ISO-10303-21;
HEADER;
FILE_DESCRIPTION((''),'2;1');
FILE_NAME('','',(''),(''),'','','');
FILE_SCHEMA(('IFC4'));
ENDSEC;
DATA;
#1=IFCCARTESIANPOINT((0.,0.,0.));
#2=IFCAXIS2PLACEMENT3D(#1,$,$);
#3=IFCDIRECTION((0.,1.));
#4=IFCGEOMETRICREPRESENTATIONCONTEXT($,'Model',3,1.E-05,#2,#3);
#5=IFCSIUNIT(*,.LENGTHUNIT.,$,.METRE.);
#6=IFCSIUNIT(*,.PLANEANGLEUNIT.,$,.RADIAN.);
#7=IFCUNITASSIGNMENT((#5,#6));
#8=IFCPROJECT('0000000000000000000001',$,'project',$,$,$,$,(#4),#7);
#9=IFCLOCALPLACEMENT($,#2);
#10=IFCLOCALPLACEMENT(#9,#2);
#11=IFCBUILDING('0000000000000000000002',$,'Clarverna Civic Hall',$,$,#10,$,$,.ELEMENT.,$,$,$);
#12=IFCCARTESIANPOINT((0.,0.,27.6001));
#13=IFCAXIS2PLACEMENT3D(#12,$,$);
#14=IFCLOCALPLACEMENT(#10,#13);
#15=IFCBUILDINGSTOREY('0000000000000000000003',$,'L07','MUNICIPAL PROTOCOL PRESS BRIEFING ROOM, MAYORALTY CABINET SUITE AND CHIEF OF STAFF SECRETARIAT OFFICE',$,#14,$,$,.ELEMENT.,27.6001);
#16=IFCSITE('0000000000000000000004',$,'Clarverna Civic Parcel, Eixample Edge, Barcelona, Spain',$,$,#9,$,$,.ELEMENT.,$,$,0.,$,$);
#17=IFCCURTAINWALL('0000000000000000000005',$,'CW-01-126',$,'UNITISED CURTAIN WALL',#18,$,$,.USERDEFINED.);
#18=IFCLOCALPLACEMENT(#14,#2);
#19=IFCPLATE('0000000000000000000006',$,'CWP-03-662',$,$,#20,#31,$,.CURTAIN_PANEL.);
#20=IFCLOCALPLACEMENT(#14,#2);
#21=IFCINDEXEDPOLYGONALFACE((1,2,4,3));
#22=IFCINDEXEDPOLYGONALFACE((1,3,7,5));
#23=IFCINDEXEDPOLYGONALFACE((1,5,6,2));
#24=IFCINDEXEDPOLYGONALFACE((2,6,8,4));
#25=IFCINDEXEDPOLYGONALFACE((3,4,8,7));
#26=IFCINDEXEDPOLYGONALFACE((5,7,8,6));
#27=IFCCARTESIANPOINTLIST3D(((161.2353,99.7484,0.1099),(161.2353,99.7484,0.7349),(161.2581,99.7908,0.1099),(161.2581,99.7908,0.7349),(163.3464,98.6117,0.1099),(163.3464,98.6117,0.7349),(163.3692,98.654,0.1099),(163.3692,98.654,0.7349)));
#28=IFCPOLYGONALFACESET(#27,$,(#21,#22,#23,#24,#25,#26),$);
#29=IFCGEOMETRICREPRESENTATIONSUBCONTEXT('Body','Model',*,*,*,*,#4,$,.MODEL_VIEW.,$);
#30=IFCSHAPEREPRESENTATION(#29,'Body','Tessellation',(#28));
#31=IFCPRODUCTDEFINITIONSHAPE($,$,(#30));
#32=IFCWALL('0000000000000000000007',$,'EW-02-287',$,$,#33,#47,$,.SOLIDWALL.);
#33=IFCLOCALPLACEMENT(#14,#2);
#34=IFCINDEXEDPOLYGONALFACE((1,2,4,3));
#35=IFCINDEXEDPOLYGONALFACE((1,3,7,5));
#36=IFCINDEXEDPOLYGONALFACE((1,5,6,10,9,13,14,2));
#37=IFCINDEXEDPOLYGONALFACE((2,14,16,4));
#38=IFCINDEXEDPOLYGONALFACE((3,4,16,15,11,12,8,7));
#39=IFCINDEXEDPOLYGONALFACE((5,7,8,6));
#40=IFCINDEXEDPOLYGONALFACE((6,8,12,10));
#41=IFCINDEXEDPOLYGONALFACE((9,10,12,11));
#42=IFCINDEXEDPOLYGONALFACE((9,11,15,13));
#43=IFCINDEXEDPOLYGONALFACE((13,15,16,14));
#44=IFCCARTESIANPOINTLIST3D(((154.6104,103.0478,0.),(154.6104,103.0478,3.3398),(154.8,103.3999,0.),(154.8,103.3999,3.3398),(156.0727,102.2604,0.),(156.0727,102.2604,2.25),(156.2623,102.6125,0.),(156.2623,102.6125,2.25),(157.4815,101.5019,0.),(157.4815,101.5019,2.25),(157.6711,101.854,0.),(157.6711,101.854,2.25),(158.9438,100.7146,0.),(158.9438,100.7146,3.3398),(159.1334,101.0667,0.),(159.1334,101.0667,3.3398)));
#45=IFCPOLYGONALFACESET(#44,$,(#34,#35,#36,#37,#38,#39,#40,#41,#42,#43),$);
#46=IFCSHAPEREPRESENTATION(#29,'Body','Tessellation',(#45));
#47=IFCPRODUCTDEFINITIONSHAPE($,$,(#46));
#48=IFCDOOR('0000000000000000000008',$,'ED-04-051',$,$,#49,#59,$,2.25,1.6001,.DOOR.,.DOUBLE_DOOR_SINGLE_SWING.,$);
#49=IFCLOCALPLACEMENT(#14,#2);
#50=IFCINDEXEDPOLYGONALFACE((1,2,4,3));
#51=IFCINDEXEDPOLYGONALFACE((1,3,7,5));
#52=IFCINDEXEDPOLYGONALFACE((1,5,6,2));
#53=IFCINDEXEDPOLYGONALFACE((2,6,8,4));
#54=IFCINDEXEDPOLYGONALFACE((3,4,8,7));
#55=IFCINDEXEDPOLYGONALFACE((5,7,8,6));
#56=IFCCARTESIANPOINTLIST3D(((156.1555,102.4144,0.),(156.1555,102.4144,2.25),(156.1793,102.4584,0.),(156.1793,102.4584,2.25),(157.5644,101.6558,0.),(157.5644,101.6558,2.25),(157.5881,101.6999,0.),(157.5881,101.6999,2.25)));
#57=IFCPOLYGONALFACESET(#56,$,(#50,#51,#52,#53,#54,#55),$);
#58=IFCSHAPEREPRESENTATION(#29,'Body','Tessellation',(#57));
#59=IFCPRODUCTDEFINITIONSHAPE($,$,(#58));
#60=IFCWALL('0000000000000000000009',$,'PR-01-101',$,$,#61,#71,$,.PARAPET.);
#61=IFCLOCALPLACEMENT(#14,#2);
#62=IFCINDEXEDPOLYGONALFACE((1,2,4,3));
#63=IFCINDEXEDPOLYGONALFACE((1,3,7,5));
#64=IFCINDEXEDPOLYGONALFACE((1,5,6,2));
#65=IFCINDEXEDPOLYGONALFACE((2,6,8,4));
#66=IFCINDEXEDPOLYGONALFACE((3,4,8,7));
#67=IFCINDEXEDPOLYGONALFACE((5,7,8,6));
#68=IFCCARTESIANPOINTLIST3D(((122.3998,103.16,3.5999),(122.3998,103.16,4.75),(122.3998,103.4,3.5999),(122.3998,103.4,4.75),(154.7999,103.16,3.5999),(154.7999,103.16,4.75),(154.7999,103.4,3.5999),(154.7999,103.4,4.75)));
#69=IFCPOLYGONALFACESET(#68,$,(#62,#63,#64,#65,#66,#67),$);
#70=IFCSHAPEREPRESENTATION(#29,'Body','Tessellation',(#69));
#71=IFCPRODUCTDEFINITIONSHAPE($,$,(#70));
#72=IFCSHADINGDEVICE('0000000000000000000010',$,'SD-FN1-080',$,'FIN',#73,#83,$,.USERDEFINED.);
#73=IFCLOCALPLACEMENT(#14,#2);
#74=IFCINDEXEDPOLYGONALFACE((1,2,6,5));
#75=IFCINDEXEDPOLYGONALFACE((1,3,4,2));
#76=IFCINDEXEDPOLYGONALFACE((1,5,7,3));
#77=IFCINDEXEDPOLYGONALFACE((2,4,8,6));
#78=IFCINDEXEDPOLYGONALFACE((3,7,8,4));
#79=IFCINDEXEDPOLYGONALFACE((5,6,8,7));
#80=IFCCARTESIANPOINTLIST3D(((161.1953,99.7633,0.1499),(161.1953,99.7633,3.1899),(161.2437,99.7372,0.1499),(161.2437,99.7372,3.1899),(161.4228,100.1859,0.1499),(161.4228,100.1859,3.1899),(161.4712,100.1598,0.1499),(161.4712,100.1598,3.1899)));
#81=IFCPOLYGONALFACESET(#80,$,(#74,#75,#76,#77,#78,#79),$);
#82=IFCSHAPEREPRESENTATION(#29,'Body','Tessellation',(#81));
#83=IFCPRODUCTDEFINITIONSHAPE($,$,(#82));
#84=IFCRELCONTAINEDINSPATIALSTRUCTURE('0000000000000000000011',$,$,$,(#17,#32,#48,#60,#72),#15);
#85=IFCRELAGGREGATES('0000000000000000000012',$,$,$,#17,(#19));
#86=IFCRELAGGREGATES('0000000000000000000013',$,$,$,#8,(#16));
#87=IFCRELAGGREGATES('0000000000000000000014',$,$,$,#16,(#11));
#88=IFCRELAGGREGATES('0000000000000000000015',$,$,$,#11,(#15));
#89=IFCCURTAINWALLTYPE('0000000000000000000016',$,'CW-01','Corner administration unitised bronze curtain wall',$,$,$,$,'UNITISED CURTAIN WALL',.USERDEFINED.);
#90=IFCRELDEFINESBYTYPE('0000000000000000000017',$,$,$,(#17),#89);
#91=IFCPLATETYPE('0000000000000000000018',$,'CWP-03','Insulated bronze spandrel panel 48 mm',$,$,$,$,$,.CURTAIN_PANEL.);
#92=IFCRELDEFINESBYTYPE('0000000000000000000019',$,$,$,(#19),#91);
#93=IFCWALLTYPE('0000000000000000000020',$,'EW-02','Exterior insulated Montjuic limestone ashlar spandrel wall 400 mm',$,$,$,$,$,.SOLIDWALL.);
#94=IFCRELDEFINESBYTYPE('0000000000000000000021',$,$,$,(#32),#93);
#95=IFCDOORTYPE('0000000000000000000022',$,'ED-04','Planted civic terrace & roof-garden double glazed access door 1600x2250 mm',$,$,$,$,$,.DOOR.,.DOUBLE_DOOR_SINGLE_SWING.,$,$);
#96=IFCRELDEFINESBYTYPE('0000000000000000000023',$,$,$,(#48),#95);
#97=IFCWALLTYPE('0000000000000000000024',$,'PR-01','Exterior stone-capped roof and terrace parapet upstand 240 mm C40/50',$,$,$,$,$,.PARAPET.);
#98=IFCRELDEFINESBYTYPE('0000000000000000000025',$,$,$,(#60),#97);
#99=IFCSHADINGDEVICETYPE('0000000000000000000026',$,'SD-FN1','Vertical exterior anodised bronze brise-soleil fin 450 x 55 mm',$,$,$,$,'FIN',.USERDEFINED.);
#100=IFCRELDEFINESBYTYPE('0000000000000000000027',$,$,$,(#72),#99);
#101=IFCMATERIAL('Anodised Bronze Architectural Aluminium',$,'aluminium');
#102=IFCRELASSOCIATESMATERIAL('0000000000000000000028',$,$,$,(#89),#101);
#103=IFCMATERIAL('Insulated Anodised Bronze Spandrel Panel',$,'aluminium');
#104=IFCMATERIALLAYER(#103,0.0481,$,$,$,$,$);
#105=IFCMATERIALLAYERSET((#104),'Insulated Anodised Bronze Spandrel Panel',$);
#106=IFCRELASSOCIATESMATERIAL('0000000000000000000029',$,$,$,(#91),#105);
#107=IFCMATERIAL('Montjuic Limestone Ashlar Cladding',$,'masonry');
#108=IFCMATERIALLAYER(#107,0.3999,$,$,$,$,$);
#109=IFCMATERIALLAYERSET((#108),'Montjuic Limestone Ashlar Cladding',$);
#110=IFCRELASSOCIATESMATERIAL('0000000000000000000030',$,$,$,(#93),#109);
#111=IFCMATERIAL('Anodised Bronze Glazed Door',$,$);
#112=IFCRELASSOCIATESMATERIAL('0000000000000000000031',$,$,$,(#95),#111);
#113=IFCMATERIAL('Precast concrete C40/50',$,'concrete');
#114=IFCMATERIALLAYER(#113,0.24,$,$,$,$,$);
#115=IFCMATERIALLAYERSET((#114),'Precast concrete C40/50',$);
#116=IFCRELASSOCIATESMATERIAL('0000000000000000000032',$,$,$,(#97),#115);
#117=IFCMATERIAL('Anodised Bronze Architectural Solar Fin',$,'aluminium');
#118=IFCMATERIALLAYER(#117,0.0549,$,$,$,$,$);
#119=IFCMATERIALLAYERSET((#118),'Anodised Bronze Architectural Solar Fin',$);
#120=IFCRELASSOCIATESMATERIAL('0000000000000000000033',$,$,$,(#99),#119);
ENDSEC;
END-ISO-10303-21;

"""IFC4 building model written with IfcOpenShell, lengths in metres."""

from ifc_helpers import new_model, si_unit, direction, frame, frame_2d, origin, place, context, subcontext, project, spatial, rectangle, extrude, material, layer, layer_set, type_object, element, fill, aggregate, save


model = new_model("IFC4")

# Units and contexts
model_context = context("Model", 3, precision=1e-05, world=origin(), true_north=direction((0.0, 1.0)))
body_context = subcontext(model_context, "Body", "Model", "MODEL_VIEW")
ifc_project = project(units=[si_unit("LENGTHUNIT", "METRE"), si_unit("PLANEANGLEUNIT", "RADIAN")], contexts=[model_context])

# Site, building, storey
site_placement = place(None, origin())
site = spatial("IfcSite", under=ifc_project, at=site_placement, Name="Clarverna Civic Parcel, Eixample Edge, Barcelona, Spain", CompositionType="ELEMENT", RefElevation=0.0)
building_placement = place(site_placement, origin())
building = spatial("IfcBuilding", under=site, at=building_placement, Name="Clarverna Civic Hall", CompositionType="ELEMENT")
storey_placement = place(building_placement, frame((0.0, 0.0, 27.6001)))
storey = spatial("IfcBuildingStorey", under=building, at=storey_placement, Name="L07", Description="MUNICIPAL PROTOCOL PRESS BRIEFING ROOM, MAYORALTY CABINET SUITE AND CHIEF OF STAFF SECRETARIAT OFFICE", CompositionType="ELEMENT", Elevation=27.6001)

# Curtain wall, plate
ifc_material_1 = material(Name="Anodised Bronze Architectural Aluminium", Category="aluminium")
curtain_wall_type = type_object("IfcCurtainWallType", Name="CW-01", Description="Corner administration unitised bronze curtain wall", ElementType="UNITISED CURTAIN WALL", PredefinedType="USERDEFINED", material=ifc_material_1)
curtain_wall_placement = place(storey_placement, origin())
curtain_wall = element("IfcCurtainWall", 1, at=curtain_wall_placement, inside=storey, type_object=curtain_wall_type, Name="CW-01-126", ObjectType="UNITISED CURTAIN WALL", PredefinedType="USERDEFINED")
ifc_material_2 = material(Name="Insulated Anodised Bronze Spandrel Panel", Category="aluminium")
ifc_layer_1 = layer(ifc_material_2, 0.0481)
ifc_layer_set_1 = layer_set([ifc_layer_1], Name="Insulated Anodised Bronze Spandrel Panel")
plate_type_1 = type_object("IfcPlateType", Name="CWP-03", Description="Insulated bronze spandrel panel 48 mm", PredefinedType="CURTAIN_PANEL", material=ifc_layer_set_1)
plate_1_placement = place(storey_placement, frame((161.2468, 99.7695, 0.1099), z_axis=(0.0, 0.0, 1.0), x_axis=(0.880474, -0.474094, 0.0)))
plate_1 = element("IfcPlate", 2, at=plate_1_placement, type_object=plate_type_1, Name="CWP-03-662", PredefinedType="CURTAIN_PANEL", context=body_context, shape_type="SweptSolid", body=[
    extrude(rectangle(XDim=2.3977, YDim=0.0481, at=frame_2d((1.1987, 0.0))), origin(), (0.0, 0.0, 1.0), 0.625),
])
aggregate(curtain_wall, [plate_1])

# Wall, opening, door
ifc_material_3 = material(Name="Montjuic Limestone Ashlar Cladding", Category="masonry")
ifc_layer_2 = layer(ifc_material_3, 0.3999)
ifc_layer_set_2 = layer_set([ifc_layer_2], Name="Montjuic Limestone Ashlar Cladding")
wall_type_1 = type_object("IfcWallType", Name="EW-02", Description="Exterior insulated Montjuic limestone ashlar spandrel wall 400 mm", PredefinedType="SOLIDWALL", material=ifc_layer_set_2)
wall_1_placement = place(storey_placement, frame((154.7051, 103.2239, 0.0), z_axis=(0.0, 0.0, 1.0), x_axis=(0.880485, -0.474073, 0.0)))
wall_1 = element("IfcWall", 3, at=wall_1_placement, inside=storey, type_object=wall_type_1, Name="EW-02-287", PredefinedType="SOLIDWALL", context=body_context, shape_type="SweptSolid", body=[
    extrude(rectangle(XDim=4.9216, YDim=0.3999, at=frame_2d((2.4609, 0.0))), origin(), (0.0, 0.0, 1.0), 3.3398),
])
opening_placement = place(wall_1_placement, frame((1.6609, 0.0, 0.0)))
opening = element("IfcOpeningElement", 4, at=opening_placement, cuts=wall_1, PredefinedType="OPENING", context=body_context, shape_type="SweptSolid", body=[
    extrude(rectangle(XDim=1.6001, YDim=2.25, at=frame_2d((0.8, 1.125))), frame((0.0, 0.21, 0.0), z_axis=(0.0, -1.0, 0.0), x_axis=(1.0, 0.0, 0.0)), (0.0, 0.0, 1.0), 0.4199),
])
ifc_material_4 = material(Name="Anodised Bronze Glazed Door")
door_type = type_object("IfcDoorType", Name="ED-04", Description="Planted civic terrace & roof-garden double glazed access door 1600x2250 mm", OperationType="DOUBLE_DOOR_SINGLE_SWING", PredefinedType="DOOR", material=ifc_material_4)
door_placement = place(opening_placement, origin())
door = element("IfcDoor", 5, at=door_placement, inside=storey, type_object=door_type, Name="ED-04-051", OperationType="DOUBLE_DOOR_SINGLE_SWING", OverallHeight=2.25, OverallWidth=1.6001, PredefinedType="DOOR", context=body_context, shape_type="SweptSolid", body=[
    extrude(rectangle(XDim=1.6001, YDim=2.25, at=frame_2d((0.8, 1.125))), frame((0.0, 0.0249, 0.0), z_axis=(0.0, -1.0, 0.0), x_axis=(1.0, 0.0, 0.0)), (0.0, 0.0, 1.0), 0.05),
])
fill(opening, door)

# Wall
ifc_material_5 = material(Name="Precast concrete C40/50", Category="concrete")
ifc_layer_3 = layer(ifc_material_5, 0.24)
ifc_layer_set_3 = layer_set([ifc_layer_3], Name="Precast concrete C40/50")
wall_type_2 = type_object("IfcWallType", Name="PR-01", Description="Exterior stone-capped roof and terrace parapet upstand 240 mm C40/50", PredefinedType="PARAPET", material=ifc_layer_set_3)
wall_2_placement = place(storey_placement, frame((154.8, 103.28, 3.5999), z_axis=(0.0, 0.0, 1.0), x_axis=(-1.0, 0.0, 0.0)))
element("IfcWall", 6, at=wall_2_placement, inside=storey, type_object=wall_type_2, Name="PR-01-101", PredefinedType="PARAPET", context=body_context, shape_type="SweptSolid", body=[
    extrude(rectangle(XDim=32.4001, YDim=0.24, at=frame_2d((16.2002, 0.0))), origin(), (0.0, 0.0, 1.0), 1.1501),
])

# Shading device
ifc_material_6 = material(Name="Anodised Bronze Architectural Solar Fin", Category="aluminium")
ifc_layer_4 = layer(ifc_material_6, 0.0549)
ifc_layer_set_4 = layer_set([ifc_layer_4], Name="Anodised Bronze Architectural Solar Fin")
shading_device_type = type_object("IfcShadingDeviceType", Name="SD-FN1", Description="Vertical exterior anodised bronze brise-soleil fin 450 x 55 mm", ElementType="FIN", PredefinedType="USERDEFINED", material=ifc_layer_set_4)
shading_device_placement = place(storey_placement, frame((161.2195, 99.7502, 0.1499), z_axis=(0.0, 0.0, 1.0), x_axis=(0.474069, 0.880487, 0.0)))
element("IfcShadingDevice", 7, at=shading_device_placement, inside=storey, type_object=shading_device_type, Name="SD-FN1-080", ObjectType="FIN", PredefinedType="USERDEFINED", context=body_context, shape_type="SweptSolid", body=[
    extrude(rectangle(XDim=0.48, YDim=0.0549, at=frame_2d((0.24, 0.0))), origin(), (0.0, 0.0, 1.0), 3.04),
])

save(model, "model.ifc")
